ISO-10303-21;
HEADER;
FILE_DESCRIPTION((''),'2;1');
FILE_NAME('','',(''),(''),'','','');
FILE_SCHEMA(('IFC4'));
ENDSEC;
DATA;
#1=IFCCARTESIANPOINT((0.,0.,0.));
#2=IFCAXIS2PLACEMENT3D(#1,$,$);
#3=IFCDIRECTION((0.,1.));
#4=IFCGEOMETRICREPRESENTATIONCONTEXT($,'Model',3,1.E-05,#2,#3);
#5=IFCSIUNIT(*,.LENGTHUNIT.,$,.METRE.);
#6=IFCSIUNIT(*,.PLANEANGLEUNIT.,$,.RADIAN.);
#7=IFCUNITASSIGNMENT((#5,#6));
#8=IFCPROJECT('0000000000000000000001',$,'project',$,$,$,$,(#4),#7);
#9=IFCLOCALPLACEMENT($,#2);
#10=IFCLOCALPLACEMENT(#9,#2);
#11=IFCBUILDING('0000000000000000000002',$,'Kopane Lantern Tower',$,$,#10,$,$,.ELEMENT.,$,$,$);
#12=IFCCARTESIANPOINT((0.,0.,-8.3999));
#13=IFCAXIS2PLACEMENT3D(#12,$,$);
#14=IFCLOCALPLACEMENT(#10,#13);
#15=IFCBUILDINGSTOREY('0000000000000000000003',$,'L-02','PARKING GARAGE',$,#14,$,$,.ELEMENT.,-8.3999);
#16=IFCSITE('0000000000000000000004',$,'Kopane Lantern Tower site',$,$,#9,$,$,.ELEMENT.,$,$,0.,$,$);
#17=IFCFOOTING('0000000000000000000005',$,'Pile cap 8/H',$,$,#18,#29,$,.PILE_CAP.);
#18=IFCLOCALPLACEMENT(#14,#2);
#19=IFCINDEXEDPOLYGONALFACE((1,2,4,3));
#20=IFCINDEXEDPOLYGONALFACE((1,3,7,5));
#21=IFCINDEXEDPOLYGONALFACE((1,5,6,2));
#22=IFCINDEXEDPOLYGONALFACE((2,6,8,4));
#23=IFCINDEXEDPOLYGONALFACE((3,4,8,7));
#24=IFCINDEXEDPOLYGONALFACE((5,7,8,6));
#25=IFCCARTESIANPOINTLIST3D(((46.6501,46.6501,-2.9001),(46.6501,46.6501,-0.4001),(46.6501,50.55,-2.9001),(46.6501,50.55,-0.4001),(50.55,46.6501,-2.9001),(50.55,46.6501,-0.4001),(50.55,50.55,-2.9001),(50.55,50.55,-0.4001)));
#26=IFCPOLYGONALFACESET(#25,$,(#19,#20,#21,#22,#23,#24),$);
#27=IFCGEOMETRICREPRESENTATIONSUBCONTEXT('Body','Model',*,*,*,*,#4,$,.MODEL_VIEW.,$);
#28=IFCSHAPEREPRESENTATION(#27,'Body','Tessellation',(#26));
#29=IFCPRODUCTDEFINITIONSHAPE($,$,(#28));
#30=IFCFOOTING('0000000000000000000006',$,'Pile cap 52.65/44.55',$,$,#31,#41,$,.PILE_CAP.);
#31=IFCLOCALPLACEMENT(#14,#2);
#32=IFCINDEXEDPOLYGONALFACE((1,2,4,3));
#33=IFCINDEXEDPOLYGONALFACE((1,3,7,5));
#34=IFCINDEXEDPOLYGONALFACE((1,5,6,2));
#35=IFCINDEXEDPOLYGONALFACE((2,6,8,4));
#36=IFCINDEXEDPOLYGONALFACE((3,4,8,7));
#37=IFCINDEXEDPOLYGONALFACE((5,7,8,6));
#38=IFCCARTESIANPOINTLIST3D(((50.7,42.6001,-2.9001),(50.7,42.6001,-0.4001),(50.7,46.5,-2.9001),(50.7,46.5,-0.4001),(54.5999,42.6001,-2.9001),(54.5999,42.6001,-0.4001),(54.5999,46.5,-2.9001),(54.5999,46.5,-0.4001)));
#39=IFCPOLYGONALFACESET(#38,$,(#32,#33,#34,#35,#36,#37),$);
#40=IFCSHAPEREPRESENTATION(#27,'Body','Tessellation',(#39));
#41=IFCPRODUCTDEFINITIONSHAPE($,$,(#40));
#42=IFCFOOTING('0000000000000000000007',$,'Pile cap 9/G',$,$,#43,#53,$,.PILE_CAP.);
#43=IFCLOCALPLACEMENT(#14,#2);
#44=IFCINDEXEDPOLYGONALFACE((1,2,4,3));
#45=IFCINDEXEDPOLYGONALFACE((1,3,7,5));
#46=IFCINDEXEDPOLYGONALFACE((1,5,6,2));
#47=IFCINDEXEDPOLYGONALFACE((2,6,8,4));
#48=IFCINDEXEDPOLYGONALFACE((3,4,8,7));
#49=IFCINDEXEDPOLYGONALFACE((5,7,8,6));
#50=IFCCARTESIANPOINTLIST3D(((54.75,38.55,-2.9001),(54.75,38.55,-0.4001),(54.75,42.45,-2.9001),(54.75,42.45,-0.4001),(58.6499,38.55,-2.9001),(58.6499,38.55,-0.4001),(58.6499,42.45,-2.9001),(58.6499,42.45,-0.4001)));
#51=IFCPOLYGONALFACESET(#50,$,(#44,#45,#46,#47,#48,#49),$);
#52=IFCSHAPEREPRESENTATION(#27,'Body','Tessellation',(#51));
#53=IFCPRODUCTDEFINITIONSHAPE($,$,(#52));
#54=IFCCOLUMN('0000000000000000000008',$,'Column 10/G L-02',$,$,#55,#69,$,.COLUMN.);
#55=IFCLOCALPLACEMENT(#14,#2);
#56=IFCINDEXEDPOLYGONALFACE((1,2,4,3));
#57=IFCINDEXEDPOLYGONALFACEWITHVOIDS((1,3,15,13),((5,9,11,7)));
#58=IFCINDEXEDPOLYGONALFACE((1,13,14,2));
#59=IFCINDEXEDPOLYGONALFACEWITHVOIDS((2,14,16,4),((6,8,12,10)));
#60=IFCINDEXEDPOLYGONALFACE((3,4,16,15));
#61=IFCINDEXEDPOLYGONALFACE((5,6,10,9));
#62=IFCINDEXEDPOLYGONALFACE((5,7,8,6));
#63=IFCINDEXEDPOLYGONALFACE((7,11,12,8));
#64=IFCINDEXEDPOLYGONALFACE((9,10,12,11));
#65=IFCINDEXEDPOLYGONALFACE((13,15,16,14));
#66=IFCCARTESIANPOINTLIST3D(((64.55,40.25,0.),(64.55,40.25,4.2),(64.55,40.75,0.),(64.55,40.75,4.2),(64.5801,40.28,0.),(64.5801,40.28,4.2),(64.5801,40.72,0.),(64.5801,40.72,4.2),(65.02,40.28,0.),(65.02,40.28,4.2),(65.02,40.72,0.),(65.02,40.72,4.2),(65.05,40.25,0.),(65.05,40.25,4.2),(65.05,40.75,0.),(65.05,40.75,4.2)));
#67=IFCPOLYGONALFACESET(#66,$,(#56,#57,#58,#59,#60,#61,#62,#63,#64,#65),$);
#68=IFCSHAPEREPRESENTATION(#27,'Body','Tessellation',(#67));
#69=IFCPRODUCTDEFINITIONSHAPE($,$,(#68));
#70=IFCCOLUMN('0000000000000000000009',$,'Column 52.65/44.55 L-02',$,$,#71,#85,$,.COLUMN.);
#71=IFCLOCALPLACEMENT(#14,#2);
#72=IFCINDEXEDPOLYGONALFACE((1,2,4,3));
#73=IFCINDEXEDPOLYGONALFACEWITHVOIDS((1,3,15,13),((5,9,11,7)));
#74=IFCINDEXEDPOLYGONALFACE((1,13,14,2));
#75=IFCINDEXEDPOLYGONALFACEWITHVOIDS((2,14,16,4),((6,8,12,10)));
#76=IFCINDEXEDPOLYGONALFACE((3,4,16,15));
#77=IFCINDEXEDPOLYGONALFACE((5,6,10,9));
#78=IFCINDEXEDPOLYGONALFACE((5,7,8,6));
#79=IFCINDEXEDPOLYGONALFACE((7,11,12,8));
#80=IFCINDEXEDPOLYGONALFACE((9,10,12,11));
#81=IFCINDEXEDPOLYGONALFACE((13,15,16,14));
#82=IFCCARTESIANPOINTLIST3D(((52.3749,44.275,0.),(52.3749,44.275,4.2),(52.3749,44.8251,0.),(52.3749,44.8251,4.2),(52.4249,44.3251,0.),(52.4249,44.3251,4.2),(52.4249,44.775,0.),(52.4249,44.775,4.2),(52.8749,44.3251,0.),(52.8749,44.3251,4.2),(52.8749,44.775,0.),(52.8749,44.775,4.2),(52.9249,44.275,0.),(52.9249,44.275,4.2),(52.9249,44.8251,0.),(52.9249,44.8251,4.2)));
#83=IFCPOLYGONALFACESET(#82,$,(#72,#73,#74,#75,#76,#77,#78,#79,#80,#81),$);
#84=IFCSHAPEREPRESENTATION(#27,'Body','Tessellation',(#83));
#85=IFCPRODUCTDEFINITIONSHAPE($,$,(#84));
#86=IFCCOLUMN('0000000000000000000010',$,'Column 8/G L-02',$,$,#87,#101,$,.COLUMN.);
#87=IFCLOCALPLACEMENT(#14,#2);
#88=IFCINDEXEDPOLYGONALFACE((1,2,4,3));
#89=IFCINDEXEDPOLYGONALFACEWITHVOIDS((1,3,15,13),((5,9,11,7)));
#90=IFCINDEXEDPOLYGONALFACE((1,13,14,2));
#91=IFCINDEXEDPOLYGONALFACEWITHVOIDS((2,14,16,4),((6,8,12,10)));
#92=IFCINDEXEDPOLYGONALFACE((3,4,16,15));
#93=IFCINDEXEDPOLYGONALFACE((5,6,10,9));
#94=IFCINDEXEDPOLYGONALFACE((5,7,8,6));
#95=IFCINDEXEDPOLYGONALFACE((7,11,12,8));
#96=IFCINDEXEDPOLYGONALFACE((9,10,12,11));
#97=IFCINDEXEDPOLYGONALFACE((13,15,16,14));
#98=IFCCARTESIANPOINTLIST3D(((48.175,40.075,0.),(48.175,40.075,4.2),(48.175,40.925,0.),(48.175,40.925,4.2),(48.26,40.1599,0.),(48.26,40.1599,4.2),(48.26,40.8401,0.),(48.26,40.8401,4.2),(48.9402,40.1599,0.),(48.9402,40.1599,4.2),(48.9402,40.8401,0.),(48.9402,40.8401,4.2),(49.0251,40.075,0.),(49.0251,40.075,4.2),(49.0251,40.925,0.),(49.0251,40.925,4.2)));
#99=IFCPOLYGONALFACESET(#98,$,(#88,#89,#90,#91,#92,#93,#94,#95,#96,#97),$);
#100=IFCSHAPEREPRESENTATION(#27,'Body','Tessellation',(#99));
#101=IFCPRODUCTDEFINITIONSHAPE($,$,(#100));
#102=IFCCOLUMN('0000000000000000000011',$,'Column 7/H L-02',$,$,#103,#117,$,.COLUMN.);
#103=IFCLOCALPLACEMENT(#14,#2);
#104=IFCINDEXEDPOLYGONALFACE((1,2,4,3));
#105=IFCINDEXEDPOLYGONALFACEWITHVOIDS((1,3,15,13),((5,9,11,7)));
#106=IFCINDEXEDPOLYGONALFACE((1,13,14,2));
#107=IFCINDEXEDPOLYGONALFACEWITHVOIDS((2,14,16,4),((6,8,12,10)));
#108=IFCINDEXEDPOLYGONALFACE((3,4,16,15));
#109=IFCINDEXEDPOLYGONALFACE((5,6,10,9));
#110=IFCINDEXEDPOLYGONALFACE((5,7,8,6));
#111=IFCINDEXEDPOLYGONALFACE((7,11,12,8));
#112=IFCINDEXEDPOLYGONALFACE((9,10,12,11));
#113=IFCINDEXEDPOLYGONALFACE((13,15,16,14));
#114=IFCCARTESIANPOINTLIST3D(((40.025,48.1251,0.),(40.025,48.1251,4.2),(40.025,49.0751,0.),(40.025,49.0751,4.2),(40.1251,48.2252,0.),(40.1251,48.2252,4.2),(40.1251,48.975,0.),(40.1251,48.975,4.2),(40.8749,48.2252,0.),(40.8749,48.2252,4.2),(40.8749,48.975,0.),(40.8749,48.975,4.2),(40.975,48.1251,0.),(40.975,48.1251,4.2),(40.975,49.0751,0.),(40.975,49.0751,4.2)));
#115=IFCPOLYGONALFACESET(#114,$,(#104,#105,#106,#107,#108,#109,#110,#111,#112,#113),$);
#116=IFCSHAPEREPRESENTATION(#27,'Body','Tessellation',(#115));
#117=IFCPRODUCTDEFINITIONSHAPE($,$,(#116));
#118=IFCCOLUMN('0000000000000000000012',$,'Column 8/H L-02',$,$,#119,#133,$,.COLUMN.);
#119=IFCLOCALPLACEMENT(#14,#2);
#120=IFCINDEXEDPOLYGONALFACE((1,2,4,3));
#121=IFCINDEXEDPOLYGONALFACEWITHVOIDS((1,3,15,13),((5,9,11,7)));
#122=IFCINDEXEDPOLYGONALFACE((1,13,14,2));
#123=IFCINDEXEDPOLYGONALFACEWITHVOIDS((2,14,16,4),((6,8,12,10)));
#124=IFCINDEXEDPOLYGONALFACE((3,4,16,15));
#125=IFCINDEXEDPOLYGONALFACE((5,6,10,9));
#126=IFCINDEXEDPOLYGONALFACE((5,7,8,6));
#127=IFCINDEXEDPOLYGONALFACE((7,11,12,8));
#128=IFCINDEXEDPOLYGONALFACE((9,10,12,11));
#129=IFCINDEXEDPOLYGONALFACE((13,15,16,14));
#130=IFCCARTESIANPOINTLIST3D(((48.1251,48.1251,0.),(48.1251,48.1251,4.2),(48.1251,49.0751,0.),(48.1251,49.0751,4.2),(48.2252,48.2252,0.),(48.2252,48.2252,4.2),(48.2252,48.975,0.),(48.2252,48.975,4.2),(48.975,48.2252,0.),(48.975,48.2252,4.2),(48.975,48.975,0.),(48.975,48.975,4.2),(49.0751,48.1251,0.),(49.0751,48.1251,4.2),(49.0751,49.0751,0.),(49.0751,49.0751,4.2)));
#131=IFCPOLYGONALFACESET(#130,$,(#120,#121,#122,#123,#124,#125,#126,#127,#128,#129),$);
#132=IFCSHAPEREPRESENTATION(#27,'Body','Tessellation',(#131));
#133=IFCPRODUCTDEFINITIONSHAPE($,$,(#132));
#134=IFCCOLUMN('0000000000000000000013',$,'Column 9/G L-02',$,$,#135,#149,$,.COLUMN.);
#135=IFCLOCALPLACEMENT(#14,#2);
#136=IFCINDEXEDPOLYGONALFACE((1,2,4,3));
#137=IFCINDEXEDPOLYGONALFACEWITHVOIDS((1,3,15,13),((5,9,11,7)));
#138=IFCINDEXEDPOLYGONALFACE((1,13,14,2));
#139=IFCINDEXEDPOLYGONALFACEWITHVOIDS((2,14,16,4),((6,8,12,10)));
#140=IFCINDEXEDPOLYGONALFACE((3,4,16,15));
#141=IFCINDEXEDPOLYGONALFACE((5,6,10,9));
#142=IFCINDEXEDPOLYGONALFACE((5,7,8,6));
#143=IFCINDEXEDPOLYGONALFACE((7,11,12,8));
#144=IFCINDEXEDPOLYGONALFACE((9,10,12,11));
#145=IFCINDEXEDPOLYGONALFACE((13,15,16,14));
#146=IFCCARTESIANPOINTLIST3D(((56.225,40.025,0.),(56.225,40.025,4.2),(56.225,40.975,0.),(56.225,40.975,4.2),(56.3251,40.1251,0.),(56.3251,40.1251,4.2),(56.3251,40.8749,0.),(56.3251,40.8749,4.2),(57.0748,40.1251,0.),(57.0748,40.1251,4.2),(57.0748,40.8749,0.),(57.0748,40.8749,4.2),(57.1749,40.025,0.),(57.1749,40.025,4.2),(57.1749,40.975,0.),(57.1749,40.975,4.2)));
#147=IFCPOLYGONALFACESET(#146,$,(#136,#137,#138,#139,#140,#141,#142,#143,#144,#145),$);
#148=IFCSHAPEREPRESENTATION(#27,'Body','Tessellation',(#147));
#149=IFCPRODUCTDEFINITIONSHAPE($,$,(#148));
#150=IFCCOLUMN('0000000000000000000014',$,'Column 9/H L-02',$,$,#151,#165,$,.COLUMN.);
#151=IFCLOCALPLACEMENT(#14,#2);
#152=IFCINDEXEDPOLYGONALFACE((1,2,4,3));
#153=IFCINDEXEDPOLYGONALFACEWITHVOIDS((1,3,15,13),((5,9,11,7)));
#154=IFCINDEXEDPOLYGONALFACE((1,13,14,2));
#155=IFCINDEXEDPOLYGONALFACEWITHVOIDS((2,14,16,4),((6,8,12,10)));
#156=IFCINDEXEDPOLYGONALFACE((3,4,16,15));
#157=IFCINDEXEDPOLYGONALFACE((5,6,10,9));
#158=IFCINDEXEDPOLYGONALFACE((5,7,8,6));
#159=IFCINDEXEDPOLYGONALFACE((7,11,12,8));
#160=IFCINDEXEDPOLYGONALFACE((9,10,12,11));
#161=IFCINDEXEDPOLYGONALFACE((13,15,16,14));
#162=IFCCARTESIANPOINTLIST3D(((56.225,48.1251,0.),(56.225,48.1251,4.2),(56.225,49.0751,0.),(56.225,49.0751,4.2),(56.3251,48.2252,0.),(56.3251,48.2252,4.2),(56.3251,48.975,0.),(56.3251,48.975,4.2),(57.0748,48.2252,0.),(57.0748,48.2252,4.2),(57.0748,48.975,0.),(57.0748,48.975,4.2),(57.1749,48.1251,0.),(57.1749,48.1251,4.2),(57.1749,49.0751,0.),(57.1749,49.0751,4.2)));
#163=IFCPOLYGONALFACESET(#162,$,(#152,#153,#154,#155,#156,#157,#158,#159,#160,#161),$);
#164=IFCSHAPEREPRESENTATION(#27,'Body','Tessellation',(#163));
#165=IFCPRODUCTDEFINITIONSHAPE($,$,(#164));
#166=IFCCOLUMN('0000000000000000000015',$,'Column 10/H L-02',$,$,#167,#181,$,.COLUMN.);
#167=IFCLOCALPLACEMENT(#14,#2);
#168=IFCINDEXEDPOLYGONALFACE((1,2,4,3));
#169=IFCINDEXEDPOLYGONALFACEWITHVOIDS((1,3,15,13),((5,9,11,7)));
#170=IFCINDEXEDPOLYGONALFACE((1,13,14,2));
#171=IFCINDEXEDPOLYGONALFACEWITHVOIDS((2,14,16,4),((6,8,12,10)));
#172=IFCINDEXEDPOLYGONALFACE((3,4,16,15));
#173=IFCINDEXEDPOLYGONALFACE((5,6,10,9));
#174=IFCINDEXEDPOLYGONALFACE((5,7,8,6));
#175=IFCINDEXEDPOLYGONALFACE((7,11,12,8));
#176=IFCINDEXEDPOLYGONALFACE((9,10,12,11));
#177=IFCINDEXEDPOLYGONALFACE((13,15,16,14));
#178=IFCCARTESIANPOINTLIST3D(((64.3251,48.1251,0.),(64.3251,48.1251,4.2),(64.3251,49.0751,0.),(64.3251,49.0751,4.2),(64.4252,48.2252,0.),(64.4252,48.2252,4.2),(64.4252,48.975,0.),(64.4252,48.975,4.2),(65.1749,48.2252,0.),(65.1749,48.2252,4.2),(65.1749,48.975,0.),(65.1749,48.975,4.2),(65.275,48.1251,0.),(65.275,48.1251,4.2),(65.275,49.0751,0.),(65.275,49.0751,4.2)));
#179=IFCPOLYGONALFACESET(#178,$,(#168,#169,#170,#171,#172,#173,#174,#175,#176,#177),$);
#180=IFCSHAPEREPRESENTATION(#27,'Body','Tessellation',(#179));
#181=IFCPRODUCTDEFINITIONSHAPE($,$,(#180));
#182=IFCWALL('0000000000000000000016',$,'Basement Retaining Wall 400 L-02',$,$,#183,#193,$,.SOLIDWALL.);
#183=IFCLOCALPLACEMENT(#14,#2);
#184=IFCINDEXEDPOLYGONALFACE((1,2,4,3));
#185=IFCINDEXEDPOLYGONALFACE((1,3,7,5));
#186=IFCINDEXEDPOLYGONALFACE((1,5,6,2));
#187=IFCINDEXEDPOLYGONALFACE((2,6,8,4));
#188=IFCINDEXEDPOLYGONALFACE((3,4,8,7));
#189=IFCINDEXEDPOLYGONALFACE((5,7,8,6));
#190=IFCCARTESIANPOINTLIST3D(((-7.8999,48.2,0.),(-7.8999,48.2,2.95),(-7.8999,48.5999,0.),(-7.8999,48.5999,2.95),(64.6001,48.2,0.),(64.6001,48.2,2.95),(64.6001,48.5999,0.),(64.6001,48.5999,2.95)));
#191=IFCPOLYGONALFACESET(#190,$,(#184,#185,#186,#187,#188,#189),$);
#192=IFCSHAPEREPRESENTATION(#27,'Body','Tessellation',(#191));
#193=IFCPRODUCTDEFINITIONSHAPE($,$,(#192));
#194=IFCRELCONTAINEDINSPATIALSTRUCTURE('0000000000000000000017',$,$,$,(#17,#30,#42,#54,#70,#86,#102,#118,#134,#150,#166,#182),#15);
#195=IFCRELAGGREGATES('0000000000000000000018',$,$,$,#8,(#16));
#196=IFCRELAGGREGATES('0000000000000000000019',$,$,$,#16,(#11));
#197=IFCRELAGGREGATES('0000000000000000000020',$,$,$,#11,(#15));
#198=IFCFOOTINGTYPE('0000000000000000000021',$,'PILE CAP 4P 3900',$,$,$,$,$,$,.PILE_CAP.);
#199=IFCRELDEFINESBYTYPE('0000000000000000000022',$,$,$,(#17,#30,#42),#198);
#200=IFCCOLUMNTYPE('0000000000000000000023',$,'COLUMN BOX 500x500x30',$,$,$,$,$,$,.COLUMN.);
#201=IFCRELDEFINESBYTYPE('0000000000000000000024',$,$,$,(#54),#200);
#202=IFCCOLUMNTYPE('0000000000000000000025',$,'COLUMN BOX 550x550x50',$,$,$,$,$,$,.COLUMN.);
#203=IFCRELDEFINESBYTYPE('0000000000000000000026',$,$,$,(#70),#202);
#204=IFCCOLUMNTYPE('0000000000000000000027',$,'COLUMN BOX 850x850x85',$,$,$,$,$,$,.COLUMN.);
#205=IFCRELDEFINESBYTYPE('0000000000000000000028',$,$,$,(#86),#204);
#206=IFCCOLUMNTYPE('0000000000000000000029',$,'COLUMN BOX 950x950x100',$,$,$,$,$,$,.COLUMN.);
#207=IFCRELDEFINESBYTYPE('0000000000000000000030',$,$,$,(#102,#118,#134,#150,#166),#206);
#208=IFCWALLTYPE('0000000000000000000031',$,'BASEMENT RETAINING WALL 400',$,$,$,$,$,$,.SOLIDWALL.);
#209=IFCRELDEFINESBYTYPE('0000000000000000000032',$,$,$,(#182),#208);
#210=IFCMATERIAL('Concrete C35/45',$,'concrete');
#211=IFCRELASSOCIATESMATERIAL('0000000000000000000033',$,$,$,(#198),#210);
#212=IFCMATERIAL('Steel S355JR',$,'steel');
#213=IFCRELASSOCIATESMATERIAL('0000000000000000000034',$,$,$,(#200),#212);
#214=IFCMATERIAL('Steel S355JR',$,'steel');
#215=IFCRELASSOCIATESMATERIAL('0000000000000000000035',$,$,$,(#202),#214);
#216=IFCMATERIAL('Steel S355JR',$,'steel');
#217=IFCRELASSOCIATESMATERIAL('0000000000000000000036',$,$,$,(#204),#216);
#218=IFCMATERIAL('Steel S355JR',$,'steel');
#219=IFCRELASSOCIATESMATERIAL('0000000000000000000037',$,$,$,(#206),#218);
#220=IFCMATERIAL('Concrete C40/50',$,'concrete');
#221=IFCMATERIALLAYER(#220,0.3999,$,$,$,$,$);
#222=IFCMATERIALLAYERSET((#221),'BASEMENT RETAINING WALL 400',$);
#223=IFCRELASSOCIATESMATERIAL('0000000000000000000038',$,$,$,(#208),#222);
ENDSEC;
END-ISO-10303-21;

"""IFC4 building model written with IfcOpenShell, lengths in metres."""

from ifc_helpers import new_model, si_unit, direction, frame, frame_2d, origin, origin_2d, place, context, subcontext, project, spatial, rectangle, hollow_rectangle, extrude, material, layer, layer_set, material_profile, profile_set, type_object, element, save


model = new_model("IFC4")

# Units and contexts
model_context = context("Model", 3, precision=1e-05, world=origin(), true_north=direction((0.0, 1.0)))
body_context = subcontext(model_context, "Body", "Model", "MODEL_VIEW")
ifc_project = project(units=[si_unit("LENGTHUNIT", "METRE"), si_unit("PLANEANGLEUNIT", "RADIAN")], contexts=[model_context])

# Site, building, storey
site_placement = place(None, origin())
site = spatial("IfcSite", under=ifc_project, at=site_placement, Name="Kopane Lantern Tower site", CompositionType="ELEMENT", RefElevation=0.0)
building_placement = place(site_placement, origin())
building = spatial("IfcBuilding", under=site, at=building_placement, Name="Kopane Lantern Tower", CompositionType="ELEMENT")
storey_placement = place(building_placement, frame((0.0, 0.0, -8.3999)))
storey = spatial("IfcBuildingStorey", under=building, at=storey_placement, Name="L-02", Description="PARKING GARAGE", CompositionType="ELEMENT", Elevation=-8.3999)

# Footings
ifc_material_1 = material(Name="Concrete C35/45", Category="concrete")
footing_type_1 = type_object("IfcFootingType", Name="PILE CAP 4P 3900", PredefinedType="PILE_CAP", material=ifc_material_1)
for number, where, z_axis, x_axis, name in (
    (1, (48.6001, 48.6001, -2.9001), (0.0, 0.0, 1.0), (1.0, 0.0, 0.0), "Pile cap 8/H"),
    (2, (52.6499, 44.55, -2.9001), (0.0, 0.0, 1.0), (1.0, 0.0, 0.0), "Pile cap 52.65/44.55"),
    (3, (56.7, 40.5, -2.9001), (0.0, 0.0, 1.0), (1.0, 0.0, 0.0), "Pile cap 9/G"),
):
    element("IfcFooting", number, at=place(storey_placement, frame(where, z_axis=z_axis, x_axis=x_axis)), inside=storey, type_object=footing_type_1, Name=name, PredefinedType="PILE_CAP", context=body_context, shape_type="SweptSolid", body=[
        extrude(rectangle(XDim=3.8999, YDim=3.8999, at=origin_2d()), origin(), (0.0, 0.0, 1.0), 2.5),
    ])

# Columns
ifc_material_2 = material(Name="Steel S355JR", Category="steel")
ifc_material_profile_1 = material_profile(ifc_material_2, hollow_rectangle(XDim=0.5, YDim=0.5, WallThickness=0.03, at=origin_2d()), Name="BOX 500x500x30")
ifc_profile_set_1 = profile_set([ifc_material_profile_1], Name="Steel S355JR")
column_type_1 = type_object("IfcColumnType", Name="COLUMN BOX 500x500x30", PredefinedType="COLUMN", material=ifc_profile_set_1)
column_1_placement = place(storey_placement, frame((64.8, 40.5, 0.0), z_axis=(0.0, 0.0, 1.0), x_axis=(1.0, 0.0, 0.0)))
element("IfcColumn", 4, at=column_1_placement, inside=storey, type_object=column_type_1, Name="Column 10/G L-02", PredefinedType="COLUMN", context=body_context, shape_type="SweptSolid", body=[
    extrude(hollow_rectangle(XDim=0.5, YDim=0.5, WallThickness=0.03, at=origin_2d()), origin(), (0.0, 0.0, 1.0), 4.2),
])
ifc_material_3 = material(Name="Steel S355JR", Category="steel")
ifc_material_profile_2 = material_profile(ifc_material_3, hollow_rectangle(XDim=0.55, YDim=0.55, WallThickness=0.05, at=origin_2d()), Name="BOX 550x550x50")
ifc_profile_set_2 = profile_set([ifc_material_profile_2], Name="Steel S355JR")
column_type_2 = type_object("IfcColumnType", Name="COLUMN BOX 550x550x50", PredefinedType="COLUMN", material=ifc_profile_set_2)
column_2_placement = place(storey_placement, frame((52.6499, 44.55, 0.0), z_axis=(0.0, 0.0, 1.0), x_axis=(1.0, 0.0, 0.0)))
element("IfcColumn", 5, at=column_2_placement, inside=storey, type_object=column_type_2, Name="Column 52.65/44.55 L-02", PredefinedType="COLUMN", context=body_context, shape_type="SweptSolid", body=[
    extrude(hollow_rectangle(XDim=0.55, YDim=0.55, WallThickness=0.05, at=origin_2d()), origin(), (0.0, 0.0, 1.0), 4.2),
])
ifc_material_4 = material(Name="Steel S355JR", Category="steel")
ifc_material_profile_3 = material_profile(ifc_material_4, hollow_rectangle(XDim=0.8501, YDim=0.8501, WallThickness=0.085, at=origin_2d()), Name="BOX 850x850x85")
ifc_profile_set_3 = profile_set([ifc_material_profile_3], Name="Steel S355JR")
column_type_3 = type_object("IfcColumnType", Name="COLUMN BOX 850x850x85", PredefinedType="COLUMN", material=ifc_profile_set_3)
column_3_placement = place(storey_placement, frame((48.6001, 40.5, 0.0), z_axis=(0.0, 0.0, 1.0), x_axis=(1.0, 0.0, 0.0)))
element("IfcColumn", 6, at=column_3_placement, inside=storey, type_object=column_type_3, Name="Column 8/G L-02", PredefinedType="COLUMN", context=body_context, shape_type="SweptSolid", body=[
    extrude(hollow_rectangle(XDim=0.8501, YDim=0.8501, WallThickness=0.085, at=origin_2d()), origin(), (0.0, 0.0, 1.0), 4.2),
])
ifc_material_5 = material(Name="Steel S355JR", Category="steel")
ifc_material_profile_4 = material_profile(ifc_material_5, hollow_rectangle(XDim=0.95, YDim=0.95, WallThickness=0.1001, at=origin_2d()), Name="BOX 950x950x100")
ifc_profile_set_4 = profile_set([ifc_material_profile_4], Name="Steel S355JR")
column_type_4 = type_object("IfcColumnType", Name="COLUMN BOX 950x950x100", PredefinedType="COLUMN", material=ifc_profile_set_4)
for number, where, z_axis, x_axis, name in (
    (7, (40.5, 48.6001, 0.0), (0.0, 0.0, 1.0), (1.0, 0.0, 0.0), "Column 7/H L-02"),
    (8, (48.6001, 48.6001, 0.0), (0.0, 0.0, 1.0), (1.0, 0.0, 0.0), "Column 8/H L-02"),
    (9, (56.7, 40.5, 0.0), (0.0, 0.0, 1.0), (1.0, 0.0, 0.0), "Column 9/G L-02"),
    (10, (56.7, 48.6001, 0.0), (0.0, 0.0, 1.0), (1.0, 0.0, 0.0), "Column 9/H L-02"),
    (11, (64.8, 48.6001, 0.0), (0.0, 0.0, 1.0), (1.0, 0.0, 0.0), "Column 10/H L-02"),
):
    element("IfcColumn", number, at=place(storey_placement, frame(where, z_axis=z_axis, x_axis=x_axis)), inside=storey, type_object=column_type_4, Name=name, PredefinedType="COLUMN", context=body_context, shape_type="SweptSolid", body=[
        extrude(hollow_rectangle(XDim=0.95, YDim=0.95, WallThickness=0.1001, at=origin_2d()), origin(), (0.0, 0.0, 1.0), 4.2),
    ])

# Wall
ifc_material_6 = material(Name="Concrete C40/50", Category="concrete")
ifc_layer = layer(ifc_material_6, 0.3999)
ifc_layer_set = layer_set([ifc_layer], Name="BASEMENT RETAINING WALL 400")
wall_type = type_object("IfcWallType", Name="BASEMENT RETAINING WALL 400", PredefinedType="SOLIDWALL", material=ifc_layer_set)
wall_placement = place(storey_placement, frame((64.6001, 48.3999, 0.0), z_axis=(0.0, 0.0, 1.0), x_axis=(-1.0, 0.0, 0.0)))
element("IfcWall", 12, at=wall_placement, inside=storey, type_object=wall_type, Name="Basement Retaining Wall 400 L-02", PredefinedType="SOLIDWALL", context=body_context, shape_type="SweptSolid", body=[
    extrude(rectangle(XDim=72.5, YDim=0.3999, at=frame_2d((36.25, 0.0))), origin(), (0.0, 0.0, 1.0), 2.95),
])

save(model, "model.ifc")
